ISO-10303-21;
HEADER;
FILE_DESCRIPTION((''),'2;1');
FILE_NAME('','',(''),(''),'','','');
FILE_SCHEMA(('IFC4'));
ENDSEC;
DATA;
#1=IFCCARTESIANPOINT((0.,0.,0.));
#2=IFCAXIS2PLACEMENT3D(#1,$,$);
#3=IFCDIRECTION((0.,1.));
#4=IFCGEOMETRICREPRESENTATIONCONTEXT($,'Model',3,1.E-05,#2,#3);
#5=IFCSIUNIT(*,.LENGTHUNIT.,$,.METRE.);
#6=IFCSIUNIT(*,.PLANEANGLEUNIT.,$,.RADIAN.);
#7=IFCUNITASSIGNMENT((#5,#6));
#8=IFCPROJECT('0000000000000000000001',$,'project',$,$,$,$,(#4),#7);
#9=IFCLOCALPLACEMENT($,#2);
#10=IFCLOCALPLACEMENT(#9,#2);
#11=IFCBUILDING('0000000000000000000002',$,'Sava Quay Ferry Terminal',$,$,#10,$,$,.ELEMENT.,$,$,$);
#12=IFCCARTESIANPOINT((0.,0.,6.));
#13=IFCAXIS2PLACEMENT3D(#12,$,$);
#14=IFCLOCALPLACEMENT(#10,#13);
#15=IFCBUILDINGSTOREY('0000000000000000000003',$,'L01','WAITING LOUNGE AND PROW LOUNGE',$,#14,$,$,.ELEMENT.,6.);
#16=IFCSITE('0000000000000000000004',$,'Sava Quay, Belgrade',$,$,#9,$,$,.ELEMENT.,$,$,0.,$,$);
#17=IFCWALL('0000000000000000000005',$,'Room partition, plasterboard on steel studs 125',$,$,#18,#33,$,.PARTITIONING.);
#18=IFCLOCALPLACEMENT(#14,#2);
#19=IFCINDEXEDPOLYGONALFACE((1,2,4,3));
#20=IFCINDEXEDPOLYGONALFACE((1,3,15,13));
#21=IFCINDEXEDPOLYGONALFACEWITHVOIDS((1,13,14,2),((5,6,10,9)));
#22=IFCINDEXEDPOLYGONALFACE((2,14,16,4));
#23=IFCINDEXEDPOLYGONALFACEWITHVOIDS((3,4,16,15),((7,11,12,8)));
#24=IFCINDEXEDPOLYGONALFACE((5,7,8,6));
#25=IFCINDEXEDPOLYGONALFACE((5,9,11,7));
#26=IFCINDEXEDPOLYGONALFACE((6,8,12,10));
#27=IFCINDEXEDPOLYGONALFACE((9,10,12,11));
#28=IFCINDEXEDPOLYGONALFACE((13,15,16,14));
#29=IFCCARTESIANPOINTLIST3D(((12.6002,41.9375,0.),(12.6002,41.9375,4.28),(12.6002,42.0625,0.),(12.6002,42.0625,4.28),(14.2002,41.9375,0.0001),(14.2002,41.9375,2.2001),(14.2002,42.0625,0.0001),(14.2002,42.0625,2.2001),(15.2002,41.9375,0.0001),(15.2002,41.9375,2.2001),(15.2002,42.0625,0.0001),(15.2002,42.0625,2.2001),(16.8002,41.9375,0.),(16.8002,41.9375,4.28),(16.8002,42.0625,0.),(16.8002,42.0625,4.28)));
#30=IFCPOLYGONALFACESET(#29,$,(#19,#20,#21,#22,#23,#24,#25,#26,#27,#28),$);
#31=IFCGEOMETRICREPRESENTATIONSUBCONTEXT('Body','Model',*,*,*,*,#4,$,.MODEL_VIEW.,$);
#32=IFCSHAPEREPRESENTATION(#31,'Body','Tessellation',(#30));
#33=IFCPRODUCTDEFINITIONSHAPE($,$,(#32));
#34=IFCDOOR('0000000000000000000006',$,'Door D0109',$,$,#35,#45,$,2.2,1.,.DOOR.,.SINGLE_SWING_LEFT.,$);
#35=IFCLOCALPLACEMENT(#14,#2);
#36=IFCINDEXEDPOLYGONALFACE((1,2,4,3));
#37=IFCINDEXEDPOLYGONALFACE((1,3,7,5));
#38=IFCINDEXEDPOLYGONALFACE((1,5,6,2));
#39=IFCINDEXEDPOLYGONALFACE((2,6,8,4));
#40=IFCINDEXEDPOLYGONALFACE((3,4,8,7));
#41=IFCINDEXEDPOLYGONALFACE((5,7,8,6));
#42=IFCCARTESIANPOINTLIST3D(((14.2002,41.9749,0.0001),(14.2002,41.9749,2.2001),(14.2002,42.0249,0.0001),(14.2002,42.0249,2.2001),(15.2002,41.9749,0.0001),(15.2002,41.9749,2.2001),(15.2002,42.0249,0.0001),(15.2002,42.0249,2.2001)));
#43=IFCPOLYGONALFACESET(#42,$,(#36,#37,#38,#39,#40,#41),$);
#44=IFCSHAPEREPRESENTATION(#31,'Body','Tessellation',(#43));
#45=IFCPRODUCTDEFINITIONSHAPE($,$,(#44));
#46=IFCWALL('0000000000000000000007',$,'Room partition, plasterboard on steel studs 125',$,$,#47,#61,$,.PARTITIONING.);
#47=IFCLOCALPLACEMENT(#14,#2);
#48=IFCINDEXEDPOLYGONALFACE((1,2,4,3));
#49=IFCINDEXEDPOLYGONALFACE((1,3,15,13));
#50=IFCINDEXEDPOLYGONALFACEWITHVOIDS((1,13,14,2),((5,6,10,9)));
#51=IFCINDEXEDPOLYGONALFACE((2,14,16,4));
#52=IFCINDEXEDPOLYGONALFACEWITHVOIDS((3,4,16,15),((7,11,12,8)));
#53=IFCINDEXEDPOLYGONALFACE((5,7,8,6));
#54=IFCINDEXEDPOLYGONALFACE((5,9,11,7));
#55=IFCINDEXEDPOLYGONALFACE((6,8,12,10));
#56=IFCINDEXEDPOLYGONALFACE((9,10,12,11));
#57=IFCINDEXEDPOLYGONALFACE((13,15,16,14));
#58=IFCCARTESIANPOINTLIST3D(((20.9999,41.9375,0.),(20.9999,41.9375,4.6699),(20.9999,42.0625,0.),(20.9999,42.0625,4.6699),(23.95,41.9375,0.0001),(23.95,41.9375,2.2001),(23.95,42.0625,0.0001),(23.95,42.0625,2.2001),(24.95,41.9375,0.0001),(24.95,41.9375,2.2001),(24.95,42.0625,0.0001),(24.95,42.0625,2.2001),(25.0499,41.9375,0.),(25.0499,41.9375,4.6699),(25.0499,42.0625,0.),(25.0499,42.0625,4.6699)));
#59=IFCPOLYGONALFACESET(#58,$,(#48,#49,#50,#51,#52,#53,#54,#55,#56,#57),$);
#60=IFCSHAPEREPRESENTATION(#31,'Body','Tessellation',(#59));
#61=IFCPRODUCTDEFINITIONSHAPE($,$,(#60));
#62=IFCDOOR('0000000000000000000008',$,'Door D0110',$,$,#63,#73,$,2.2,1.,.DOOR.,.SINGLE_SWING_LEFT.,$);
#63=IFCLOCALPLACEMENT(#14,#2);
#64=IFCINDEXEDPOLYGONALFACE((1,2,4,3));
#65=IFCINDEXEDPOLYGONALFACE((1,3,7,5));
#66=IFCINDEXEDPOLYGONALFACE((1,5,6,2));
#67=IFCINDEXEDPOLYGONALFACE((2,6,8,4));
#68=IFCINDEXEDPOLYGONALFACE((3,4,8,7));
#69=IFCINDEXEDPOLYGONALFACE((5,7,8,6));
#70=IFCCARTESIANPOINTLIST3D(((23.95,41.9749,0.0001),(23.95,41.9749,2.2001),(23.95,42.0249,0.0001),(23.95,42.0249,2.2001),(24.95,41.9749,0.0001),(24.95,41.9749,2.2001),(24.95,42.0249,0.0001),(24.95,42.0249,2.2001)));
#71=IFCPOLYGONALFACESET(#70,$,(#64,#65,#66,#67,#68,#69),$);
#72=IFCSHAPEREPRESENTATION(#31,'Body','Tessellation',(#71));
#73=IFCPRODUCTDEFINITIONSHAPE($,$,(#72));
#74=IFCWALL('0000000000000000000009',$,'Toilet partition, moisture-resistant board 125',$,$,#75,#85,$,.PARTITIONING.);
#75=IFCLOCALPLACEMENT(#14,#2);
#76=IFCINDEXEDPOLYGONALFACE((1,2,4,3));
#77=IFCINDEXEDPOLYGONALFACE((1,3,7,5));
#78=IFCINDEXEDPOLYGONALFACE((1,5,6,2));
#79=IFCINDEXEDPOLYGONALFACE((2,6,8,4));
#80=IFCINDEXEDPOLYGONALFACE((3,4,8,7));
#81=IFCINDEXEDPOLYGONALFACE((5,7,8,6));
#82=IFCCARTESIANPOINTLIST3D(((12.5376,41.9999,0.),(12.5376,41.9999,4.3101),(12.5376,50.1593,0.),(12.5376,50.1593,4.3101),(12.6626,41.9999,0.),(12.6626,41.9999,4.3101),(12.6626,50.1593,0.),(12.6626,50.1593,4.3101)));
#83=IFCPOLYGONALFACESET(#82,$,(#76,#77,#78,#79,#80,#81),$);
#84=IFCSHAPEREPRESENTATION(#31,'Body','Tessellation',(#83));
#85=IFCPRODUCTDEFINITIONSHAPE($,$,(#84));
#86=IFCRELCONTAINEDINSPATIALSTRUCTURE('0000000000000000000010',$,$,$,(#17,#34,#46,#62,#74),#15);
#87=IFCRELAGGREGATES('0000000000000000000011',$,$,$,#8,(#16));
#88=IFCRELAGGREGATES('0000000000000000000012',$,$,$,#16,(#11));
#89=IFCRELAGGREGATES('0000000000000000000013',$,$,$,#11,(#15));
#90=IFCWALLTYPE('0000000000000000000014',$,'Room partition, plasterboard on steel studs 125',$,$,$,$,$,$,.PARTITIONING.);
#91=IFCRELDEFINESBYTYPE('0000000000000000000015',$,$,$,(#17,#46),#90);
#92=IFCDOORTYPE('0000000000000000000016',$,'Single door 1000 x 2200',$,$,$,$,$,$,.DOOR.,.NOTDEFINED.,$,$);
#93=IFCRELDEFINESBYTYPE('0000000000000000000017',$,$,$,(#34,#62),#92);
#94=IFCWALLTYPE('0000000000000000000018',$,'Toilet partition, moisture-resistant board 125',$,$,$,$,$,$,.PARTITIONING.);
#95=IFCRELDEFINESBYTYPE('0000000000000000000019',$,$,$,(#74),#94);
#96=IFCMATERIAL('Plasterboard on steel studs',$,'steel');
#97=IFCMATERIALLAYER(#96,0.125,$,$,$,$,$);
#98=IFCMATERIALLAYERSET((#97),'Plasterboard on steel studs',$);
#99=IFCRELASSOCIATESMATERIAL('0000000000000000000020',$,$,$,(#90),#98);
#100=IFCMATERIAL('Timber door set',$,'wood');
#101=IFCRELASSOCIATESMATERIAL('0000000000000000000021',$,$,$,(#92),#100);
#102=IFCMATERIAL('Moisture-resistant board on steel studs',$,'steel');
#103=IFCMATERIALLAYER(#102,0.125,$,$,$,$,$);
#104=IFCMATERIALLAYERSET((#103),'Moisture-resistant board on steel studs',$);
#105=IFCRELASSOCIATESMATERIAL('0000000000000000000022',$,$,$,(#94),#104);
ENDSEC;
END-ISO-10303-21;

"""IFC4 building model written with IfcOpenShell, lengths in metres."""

from ifc_helpers import new_model, si_unit, direction, frame, frame_2d, origin, place, context, subcontext, project, spatial, rectangle, extrude, material, layer, layer_set, type_object, element, fill, save


model = new_model("IFC4")

# Units and contexts
model_context = context("Model", 3, precision=1e-05, world=origin(), true_north=direction((0.0, 1.0)))
body_context = subcontext(model_context, "Body", "Model", "MODEL_VIEW")
ifc_project = project(units=[si_unit("LENGTHUNIT", "METRE"), si_unit("PLANEANGLEUNIT", "RADIAN")], contexts=[model_context])

# Site, building, storey
site_placement = place(None, origin())
site = spatial("IfcSite", under=ifc_project, at=site_placement, Name="Sava Quay, Belgrade", CompositionType="ELEMENT", RefElevation=0.0)
building_placement = place(site_placement, origin())
building = spatial("IfcBuilding", under=site, at=building_placement, Name="Sava Quay Ferry Terminal", CompositionType="ELEMENT")
storey_placement = place(building_placement, frame((0.0, 0.0, 6.0)))
storey = spatial("IfcBuildingStorey", under=building, at=storey_placement, Name="L01", Description="WAITING LOUNGE AND PROW LOUNGE", CompositionType="ELEMENT", Elevation=6.0)

# Shared definitions
ifc_material_1 = material(Name="Plasterboard on steel studs", Category="steel")
ifc_layer_1 = layer(ifc_material_1, 0.125)
ifc_layer_set_1 = layer_set([ifc_layer_1], Name="Plasterboard on steel studs")
wall_type_1 = type_object("IfcWallType", Name="Room partition, plasterboard on steel studs 125", PredefinedType="PARTITIONING", material=ifc_layer_set_1)

# Walls, openings, doors
wall_1_placement = place(storey_placement, frame((12.6001, 42.0, 0.0), z_axis=(0.0, 0.0, 1.0), x_axis=(1.0, 0.0, 0.0)))
wall_1 = element("IfcWall", 1, at=wall_1_placement, inside=storey, type_object=wall_type_1, Name="Room partition, plasterboard on steel studs 125", PredefinedType="PARTITIONING", context=body_context, shape_type="SweptSolid", body=[
    extrude(rectangle(XDim=4.2, YDim=0.125, at=frame_2d((2.1001, 0.0))), origin(), (0.0, 0.0, 1.0), 4.28),
])
opening_1_placement = place(wall_1_placement, frame((1.6001, 0.0, 0.0)))
opening_1 = element("IfcOpeningElement", 2, at=opening_1_placement, cuts=wall_1, PredefinedType="OPENING", context=body_context, shape_type="SweptSolid", body=[
    extrude(rectangle(XDim=1.0, YDim=2.2, at=frame_2d((0.5, 1.1001))), frame((0.0, 0.0625, 0.0), z_axis=(0.0, -1.0, 0.0), x_axis=(1.0, 0.0, 0.0)), (0.0, 0.0, 1.0), 0.125),
])
ifc_material_2 = material(Name="Timber door set", Category="wood")
door_type_1 = type_object("IfcDoorType", Name="Single door 1000 x 2200", OperationType="NOTDEFINED", PredefinedType="DOOR", material=ifc_material_2)
door_1_placement = place(opening_1_placement, origin())
door_1 = element("IfcDoor", 3, at=door_1_placement, inside=storey, type_object=door_type_1, Name="Door D0109", OperationType="SINGLE_SWING_LEFT", OverallHeight=2.2, OverallWidth=1.0, PredefinedType="DOOR", context=body_context, shape_type="SweptSolid", body=[
    extrude(rectangle(XDim=1.0, YDim=2.2, at=frame_2d((0.5, 1.1001))), frame((0.0, 0.0249, 0.0), z_axis=(0.0, -1.0, 0.0), x_axis=(1.0, 0.0, 0.0)), (0.0, 0.0, 1.0), 0.05),
])
fill(opening_1, door_1)
wall_2_placement = place(storey_placement, frame((21.0, 42.0, 0.0), z_axis=(0.0, 0.0, 1.0), x_axis=(1.0, 0.0, 0.0)))
wall_2 = element("IfcWall", 4, at=wall_2_placement, inside=storey, type_object=wall_type_1, Name="Room partition, plasterboard on steel studs 125", PredefinedType="PARTITIONING", context=body_context, shape_type="SweptSolid", body=[
    extrude(rectangle(XDim=4.05, YDim=0.125, at=frame_2d((2.0249, 0.0))), origin(), (0.0, 0.0, 1.0), 4.6699),
])
opening_2_placement = place(wall_2_placement, frame((2.95, 0.0, 0.0)))
opening_2 = element("IfcOpeningElement", 5, at=opening_2_placement, cuts=wall_2, PredefinedType="OPENING", context=body_context, shape_type="SweptSolid", body=[
    extrude(rectangle(XDim=1.0, YDim=2.2, at=frame_2d((0.5, 1.1001))), frame((0.0, 0.0625, 0.0), z_axis=(0.0, -1.0, 0.0), x_axis=(1.0, 0.0, 0.0)), (0.0, 0.0, 1.0), 0.125),
])
door_2_placement = place(opening_2_placement, origin())
door_2 = element("IfcDoor", 6, at=door_2_placement, inside=storey, type_object=door_type_1, Name="Door D0110", OperationType="SINGLE_SWING_LEFT", OverallHeight=2.2, OverallWidth=1.0, PredefinedType="DOOR", context=body_context, shape_type="SweptSolid", body=[
    extrude(rectangle(XDim=1.0, YDim=2.2, at=frame_2d((0.5, 1.1001))), frame((0.0, 0.0249, 0.0), z_axis=(0.0, -1.0, 0.0), x_axis=(1.0, 0.0, 0.0)), (0.0, 0.0, 1.0), 0.05),
])
fill(opening_2, door_2)

# Wall
ifc_material_3 = material(Name="Moisture-resistant board on steel studs", Category="steel")
ifc_layer_2 = layer(ifc_material_3, 0.125)
ifc_layer_set_2 = layer_set([ifc_layer_2], Name="Moisture-resistant board on steel studs")
wall_type_2 = type_object("IfcWallType", Name="Toilet partition, moisture-resistant board 125", PredefinedType="PARTITIONING", material=ifc_layer_set_2)
wall_3_placement = place(storey_placement, frame((12.6001, 42.0, 0.0), z_axis=(0.0, 0.0, 1.0), x_axis=(0.0, 1.0, 0.0)))
element("IfcWall", 7, at=wall_3_placement, inside=storey, type_object=wall_type_2, Name="Toilet partition, moisture-resistant board 125", PredefinedType="PARTITIONING", context=body_context, shape_type="SweptSolid", body=[
    extrude(rectangle(XDim=8.1594, YDim=0.125, at=frame_2d((4.0796, 0.0))), origin(), (0.0, 0.0, 1.0), 4.3101),
])

save(model, "model.ifc")
